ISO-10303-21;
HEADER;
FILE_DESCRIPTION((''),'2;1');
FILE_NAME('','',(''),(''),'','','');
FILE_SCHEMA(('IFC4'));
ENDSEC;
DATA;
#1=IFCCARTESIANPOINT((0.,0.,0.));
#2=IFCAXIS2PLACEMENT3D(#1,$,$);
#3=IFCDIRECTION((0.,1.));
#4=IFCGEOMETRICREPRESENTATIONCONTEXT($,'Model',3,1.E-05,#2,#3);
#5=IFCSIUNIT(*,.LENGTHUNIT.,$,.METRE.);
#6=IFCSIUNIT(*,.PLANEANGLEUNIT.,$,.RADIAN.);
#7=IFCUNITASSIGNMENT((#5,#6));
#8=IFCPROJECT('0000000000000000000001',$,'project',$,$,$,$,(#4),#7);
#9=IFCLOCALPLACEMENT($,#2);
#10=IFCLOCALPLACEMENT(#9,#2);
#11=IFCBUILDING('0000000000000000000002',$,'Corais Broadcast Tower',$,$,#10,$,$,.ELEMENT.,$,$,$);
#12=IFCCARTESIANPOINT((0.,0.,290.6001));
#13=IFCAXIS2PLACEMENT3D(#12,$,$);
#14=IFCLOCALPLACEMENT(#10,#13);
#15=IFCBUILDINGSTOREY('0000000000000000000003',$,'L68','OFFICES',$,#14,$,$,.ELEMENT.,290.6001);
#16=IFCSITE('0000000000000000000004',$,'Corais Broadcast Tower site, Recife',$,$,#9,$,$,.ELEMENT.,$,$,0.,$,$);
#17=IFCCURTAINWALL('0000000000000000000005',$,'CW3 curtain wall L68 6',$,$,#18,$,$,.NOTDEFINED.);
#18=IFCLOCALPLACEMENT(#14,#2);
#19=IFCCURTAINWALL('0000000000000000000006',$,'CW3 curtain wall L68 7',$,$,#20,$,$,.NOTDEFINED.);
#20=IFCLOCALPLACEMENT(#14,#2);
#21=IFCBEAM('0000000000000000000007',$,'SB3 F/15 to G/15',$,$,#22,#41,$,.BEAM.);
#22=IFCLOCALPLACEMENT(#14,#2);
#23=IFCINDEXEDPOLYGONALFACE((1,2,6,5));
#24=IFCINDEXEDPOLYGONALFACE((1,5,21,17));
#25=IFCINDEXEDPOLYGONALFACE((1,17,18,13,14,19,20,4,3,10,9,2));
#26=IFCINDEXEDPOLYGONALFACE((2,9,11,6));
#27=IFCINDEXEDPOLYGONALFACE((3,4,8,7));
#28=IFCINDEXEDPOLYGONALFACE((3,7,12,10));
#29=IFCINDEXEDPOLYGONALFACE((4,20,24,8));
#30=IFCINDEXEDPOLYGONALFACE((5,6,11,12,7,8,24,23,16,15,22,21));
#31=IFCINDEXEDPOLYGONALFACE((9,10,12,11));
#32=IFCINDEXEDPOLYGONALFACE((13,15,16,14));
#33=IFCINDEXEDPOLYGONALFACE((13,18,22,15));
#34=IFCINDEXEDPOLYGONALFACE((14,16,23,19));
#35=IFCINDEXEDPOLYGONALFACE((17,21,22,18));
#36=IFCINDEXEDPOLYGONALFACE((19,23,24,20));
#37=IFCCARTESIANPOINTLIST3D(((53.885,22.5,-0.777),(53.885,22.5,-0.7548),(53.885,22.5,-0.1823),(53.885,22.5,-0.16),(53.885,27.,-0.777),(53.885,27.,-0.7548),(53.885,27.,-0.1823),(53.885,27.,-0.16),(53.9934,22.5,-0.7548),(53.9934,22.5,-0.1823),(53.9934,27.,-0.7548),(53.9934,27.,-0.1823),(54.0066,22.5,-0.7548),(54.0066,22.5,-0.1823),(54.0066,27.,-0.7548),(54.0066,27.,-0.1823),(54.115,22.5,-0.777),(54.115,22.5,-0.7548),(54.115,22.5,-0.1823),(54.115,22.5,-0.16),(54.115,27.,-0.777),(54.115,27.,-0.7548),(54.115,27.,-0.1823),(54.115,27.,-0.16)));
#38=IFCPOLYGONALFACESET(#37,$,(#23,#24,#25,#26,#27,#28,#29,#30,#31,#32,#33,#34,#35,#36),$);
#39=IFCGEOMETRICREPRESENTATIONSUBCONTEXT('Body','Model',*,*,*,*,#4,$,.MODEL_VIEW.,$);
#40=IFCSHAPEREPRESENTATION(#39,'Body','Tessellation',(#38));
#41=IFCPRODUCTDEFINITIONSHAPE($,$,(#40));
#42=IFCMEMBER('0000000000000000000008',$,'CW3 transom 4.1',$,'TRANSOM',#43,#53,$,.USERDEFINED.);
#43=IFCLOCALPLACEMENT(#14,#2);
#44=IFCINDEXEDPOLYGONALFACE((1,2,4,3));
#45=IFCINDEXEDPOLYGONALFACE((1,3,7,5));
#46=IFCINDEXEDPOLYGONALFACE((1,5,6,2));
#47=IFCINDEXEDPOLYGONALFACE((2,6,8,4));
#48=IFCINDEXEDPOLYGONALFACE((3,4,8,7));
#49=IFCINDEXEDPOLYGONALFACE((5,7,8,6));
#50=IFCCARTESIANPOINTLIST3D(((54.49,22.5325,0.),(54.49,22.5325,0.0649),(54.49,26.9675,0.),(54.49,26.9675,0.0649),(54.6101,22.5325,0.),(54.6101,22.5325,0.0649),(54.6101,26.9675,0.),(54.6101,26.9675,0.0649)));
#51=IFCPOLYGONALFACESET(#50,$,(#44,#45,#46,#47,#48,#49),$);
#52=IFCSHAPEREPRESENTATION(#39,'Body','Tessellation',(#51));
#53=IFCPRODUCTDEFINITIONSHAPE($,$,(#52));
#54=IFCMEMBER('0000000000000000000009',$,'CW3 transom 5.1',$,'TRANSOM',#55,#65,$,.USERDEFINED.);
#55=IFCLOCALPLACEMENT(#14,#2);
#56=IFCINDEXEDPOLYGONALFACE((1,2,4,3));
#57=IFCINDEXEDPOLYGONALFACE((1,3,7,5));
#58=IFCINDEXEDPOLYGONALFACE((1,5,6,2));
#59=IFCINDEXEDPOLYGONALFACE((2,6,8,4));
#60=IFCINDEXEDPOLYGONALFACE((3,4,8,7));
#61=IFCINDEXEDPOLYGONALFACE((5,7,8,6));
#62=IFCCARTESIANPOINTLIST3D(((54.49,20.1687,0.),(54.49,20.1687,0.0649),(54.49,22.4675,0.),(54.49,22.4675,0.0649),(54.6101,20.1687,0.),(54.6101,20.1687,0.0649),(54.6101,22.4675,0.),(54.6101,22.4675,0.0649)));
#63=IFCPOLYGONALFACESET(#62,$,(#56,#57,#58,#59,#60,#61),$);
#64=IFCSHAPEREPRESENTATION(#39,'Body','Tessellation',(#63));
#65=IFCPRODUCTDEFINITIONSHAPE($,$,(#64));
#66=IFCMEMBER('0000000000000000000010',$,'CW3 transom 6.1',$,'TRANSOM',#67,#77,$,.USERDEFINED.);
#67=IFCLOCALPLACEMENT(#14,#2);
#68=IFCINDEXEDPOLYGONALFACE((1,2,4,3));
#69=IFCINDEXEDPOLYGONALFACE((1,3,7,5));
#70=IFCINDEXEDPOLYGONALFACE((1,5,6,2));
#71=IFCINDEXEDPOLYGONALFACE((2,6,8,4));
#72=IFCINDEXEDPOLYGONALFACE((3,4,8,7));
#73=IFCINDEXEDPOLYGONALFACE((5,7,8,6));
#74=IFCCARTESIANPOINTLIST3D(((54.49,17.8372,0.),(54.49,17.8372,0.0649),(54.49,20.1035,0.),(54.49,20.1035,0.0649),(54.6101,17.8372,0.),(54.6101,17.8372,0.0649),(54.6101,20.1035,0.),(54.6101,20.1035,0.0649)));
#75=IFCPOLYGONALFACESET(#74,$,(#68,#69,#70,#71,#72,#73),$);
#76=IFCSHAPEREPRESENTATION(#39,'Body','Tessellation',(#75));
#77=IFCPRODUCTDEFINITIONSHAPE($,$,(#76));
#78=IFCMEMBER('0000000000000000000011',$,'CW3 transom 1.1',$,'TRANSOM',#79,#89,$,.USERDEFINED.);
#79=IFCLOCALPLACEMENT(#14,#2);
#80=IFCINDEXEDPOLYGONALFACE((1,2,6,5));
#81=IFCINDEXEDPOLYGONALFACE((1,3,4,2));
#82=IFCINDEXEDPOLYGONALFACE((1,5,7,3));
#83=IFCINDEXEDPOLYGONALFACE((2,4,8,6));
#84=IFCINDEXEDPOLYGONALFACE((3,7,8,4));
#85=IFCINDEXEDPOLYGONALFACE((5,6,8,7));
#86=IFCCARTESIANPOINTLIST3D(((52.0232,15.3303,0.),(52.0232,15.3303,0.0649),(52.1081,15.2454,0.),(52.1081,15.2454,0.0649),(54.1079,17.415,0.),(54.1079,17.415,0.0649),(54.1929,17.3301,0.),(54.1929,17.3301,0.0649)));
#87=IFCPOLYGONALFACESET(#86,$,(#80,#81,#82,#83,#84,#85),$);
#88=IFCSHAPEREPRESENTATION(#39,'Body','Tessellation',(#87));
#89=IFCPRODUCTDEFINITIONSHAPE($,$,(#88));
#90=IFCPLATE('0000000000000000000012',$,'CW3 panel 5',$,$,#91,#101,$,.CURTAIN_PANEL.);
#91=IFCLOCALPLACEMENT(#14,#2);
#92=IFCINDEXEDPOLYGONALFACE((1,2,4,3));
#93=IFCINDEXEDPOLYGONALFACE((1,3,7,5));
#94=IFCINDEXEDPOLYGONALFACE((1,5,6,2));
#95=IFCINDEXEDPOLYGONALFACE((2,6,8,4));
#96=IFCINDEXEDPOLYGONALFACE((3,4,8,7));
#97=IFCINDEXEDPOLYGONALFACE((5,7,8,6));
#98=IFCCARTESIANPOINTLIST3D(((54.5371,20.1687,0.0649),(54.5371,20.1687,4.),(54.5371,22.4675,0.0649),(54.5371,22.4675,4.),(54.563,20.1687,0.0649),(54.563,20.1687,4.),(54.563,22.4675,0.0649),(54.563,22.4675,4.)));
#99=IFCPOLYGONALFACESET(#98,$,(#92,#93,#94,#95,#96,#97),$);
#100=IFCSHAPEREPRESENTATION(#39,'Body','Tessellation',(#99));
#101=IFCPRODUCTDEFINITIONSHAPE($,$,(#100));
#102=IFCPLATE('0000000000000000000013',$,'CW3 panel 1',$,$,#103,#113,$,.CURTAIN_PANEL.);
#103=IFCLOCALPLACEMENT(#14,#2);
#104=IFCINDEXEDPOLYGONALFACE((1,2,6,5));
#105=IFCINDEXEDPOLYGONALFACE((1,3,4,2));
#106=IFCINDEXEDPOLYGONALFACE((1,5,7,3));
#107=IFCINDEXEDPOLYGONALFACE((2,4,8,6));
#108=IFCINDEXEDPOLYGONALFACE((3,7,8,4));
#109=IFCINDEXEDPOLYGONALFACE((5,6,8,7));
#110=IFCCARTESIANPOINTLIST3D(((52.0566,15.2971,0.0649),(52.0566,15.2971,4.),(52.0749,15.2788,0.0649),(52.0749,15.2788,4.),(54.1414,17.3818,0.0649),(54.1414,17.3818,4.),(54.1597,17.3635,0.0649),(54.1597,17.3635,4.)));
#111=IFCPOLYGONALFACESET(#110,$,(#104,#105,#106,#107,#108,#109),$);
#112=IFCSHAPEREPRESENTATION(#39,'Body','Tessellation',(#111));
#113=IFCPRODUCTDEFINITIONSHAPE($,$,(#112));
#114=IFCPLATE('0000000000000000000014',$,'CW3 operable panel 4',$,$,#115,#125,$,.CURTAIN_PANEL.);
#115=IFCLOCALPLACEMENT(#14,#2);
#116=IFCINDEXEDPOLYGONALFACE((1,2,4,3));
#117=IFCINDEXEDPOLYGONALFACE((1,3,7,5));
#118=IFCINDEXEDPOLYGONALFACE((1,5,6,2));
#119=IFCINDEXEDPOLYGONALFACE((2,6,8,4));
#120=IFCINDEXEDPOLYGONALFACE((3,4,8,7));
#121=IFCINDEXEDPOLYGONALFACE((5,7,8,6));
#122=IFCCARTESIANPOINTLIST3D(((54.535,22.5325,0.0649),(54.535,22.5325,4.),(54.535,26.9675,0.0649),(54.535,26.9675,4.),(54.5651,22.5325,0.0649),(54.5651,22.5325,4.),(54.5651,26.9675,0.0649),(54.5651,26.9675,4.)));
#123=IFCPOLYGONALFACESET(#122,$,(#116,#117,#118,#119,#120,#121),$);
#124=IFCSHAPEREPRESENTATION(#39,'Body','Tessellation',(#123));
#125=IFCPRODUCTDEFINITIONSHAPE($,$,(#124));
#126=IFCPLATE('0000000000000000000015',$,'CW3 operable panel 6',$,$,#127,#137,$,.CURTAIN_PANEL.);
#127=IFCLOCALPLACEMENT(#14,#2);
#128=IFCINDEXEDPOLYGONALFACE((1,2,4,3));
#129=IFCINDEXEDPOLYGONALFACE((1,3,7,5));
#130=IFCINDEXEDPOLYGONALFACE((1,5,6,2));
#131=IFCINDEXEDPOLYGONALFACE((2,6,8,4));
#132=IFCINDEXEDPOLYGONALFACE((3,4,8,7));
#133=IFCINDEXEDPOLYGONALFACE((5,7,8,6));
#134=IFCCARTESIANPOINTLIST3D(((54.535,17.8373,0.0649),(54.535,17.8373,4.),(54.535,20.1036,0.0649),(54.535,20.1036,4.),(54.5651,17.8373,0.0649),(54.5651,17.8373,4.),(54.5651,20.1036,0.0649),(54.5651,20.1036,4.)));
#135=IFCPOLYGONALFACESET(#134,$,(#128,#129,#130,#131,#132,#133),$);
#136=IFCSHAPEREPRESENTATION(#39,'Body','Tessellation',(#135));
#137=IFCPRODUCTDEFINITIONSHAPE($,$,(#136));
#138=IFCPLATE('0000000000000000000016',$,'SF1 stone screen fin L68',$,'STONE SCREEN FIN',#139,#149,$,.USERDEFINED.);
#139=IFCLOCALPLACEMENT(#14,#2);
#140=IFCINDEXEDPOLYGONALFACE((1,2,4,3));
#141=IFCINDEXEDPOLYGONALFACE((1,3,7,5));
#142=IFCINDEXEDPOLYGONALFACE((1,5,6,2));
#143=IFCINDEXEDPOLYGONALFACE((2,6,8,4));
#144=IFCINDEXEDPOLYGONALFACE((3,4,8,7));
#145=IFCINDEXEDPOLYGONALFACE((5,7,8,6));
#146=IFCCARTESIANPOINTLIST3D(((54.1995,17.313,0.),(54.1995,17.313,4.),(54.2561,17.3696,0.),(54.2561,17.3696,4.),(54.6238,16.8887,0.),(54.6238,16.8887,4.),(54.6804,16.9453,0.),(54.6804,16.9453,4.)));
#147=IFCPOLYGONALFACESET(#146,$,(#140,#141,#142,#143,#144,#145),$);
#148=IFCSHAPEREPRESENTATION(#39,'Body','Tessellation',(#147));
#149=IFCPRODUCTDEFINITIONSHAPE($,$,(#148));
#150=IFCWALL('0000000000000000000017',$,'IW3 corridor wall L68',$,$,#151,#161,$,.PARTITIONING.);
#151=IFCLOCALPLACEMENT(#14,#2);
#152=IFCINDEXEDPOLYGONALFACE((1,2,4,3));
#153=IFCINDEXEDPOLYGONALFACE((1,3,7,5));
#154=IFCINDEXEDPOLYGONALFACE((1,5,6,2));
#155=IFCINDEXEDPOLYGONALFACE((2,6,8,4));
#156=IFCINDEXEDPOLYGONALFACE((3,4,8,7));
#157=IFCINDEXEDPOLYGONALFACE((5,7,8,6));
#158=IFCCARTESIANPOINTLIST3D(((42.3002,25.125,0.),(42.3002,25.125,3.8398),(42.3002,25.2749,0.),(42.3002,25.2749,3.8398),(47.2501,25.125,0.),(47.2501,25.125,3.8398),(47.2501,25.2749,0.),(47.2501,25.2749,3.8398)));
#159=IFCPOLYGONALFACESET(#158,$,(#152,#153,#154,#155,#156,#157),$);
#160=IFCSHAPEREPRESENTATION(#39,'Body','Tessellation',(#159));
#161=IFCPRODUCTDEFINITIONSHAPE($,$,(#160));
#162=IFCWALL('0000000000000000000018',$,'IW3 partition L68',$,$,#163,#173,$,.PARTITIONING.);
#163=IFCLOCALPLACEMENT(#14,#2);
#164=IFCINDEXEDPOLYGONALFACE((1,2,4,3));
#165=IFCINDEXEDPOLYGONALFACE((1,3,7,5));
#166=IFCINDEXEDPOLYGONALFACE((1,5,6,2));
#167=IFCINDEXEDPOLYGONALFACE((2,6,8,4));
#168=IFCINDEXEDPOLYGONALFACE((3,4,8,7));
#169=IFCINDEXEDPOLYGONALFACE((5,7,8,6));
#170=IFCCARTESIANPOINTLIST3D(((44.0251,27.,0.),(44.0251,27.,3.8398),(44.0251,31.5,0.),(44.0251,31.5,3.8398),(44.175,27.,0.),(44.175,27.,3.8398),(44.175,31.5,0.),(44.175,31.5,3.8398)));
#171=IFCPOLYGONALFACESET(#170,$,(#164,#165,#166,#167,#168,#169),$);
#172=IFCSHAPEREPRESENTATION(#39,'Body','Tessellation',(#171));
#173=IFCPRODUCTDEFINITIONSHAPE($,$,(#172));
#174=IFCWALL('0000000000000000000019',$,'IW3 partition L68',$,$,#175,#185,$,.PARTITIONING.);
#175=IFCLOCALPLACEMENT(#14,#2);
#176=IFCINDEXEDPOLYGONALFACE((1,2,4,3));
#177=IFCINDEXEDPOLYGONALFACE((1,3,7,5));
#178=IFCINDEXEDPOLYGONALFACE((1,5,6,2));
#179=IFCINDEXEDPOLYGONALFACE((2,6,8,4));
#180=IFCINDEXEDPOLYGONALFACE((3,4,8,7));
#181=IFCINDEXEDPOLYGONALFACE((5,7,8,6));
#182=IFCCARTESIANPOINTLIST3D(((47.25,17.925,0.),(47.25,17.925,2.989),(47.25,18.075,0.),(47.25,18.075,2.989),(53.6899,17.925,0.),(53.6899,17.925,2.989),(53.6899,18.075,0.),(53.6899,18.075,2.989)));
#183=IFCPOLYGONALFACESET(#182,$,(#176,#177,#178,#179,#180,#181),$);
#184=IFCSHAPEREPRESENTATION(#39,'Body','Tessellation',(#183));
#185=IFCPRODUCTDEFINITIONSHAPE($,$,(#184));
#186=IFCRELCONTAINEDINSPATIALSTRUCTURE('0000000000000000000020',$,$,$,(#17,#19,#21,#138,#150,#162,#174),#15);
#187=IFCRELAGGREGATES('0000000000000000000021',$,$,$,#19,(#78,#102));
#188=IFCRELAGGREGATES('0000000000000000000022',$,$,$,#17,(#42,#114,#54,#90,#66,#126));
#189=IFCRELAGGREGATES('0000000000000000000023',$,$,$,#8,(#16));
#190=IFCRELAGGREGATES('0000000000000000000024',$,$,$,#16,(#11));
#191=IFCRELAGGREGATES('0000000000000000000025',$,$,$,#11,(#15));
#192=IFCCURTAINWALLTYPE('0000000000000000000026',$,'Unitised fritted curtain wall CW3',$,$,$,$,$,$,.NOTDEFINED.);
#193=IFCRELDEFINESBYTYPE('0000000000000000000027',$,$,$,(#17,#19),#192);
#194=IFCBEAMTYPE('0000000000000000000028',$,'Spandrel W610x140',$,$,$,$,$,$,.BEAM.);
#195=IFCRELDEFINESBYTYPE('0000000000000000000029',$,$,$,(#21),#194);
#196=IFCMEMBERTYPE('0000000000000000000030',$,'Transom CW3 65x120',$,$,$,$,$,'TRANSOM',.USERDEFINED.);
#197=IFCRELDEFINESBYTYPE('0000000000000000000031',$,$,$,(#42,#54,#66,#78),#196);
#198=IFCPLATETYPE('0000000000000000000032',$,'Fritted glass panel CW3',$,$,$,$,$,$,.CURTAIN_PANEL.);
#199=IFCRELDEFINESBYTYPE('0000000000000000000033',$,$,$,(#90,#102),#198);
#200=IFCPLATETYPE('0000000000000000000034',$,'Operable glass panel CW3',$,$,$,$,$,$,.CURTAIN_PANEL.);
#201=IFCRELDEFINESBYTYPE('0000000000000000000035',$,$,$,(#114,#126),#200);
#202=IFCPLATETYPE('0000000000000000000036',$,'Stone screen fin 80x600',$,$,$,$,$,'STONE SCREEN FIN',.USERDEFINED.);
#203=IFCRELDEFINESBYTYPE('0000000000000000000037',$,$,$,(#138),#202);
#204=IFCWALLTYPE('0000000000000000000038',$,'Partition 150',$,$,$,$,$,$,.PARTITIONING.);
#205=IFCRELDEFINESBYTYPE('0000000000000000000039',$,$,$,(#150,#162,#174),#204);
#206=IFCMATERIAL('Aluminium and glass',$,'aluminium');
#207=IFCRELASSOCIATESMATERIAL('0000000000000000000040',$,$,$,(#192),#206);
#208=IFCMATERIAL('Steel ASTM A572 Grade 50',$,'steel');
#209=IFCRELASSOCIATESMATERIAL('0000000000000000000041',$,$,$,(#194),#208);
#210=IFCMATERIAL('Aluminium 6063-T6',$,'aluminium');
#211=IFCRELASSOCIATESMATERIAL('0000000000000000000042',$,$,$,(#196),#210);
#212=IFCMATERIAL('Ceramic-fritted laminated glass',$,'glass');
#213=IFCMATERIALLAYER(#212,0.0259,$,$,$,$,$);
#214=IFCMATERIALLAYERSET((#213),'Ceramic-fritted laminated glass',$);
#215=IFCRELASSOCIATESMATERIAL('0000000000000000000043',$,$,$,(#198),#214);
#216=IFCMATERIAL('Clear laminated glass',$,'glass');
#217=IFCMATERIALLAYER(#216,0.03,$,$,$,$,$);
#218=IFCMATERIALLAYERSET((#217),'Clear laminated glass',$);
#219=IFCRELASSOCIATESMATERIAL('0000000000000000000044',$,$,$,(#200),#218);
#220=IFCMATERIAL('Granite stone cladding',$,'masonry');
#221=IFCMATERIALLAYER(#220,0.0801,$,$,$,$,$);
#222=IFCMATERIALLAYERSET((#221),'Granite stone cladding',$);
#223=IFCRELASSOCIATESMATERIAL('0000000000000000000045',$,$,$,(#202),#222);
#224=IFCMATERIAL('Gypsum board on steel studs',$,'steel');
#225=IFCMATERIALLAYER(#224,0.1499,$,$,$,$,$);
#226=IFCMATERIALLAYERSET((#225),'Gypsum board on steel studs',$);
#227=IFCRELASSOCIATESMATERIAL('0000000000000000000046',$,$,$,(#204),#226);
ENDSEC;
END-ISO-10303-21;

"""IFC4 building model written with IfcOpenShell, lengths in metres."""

from ifc_helpers import new_model, si_unit, direction, frame, frame_2d, origin, origin_2d, place, context, subcontext, project, spatial, rectangle, i_section, extrude, material, layer, layer_set, material_profile, profile_set, type_object, element, aggregate, save


model = new_model("IFC4")

# Units and contexts
model_context = context("Model", 3, precision=1e-05, world=origin(), true_north=direction((0.0, 1.0)))
body_context = subcontext(model_context, "Body", "Model", "MODEL_VIEW")
ifc_project = project(units=[si_unit("LENGTHUNIT", "METRE"), si_unit("PLANEANGLEUNIT", "RADIAN")], contexts=[model_context])

# Site, building, storey
site_placement = place(None, origin())
site = spatial("IfcSite", under=ifc_project, at=site_placement, Name="Corais Broadcast Tower site, Recife", CompositionType="ELEMENT", RefElevation=0.0)
building_placement = place(site_placement, origin())
building = spatial("IfcBuilding", under=site, at=building_placement, Name="Corais Broadcast Tower", CompositionType="ELEMENT")
storey_placement = place(building_placement, frame((0.0, 0.0, 290.6001)))
storey = spatial("IfcBuildingStorey", under=building, at=storey_placement, Name="L68", Description="OFFICES", CompositionType="ELEMENT", Elevation=290.6001)

# Curtain walls
ifc_material_1 = material(Name="Aluminium and glass", Category="aluminium")
curtain_wall_type = type_object("IfcCurtainWallType", Name="Unitised fritted curtain wall CW3", PredefinedType="NOTDEFINED", material=ifc_material_1)
curtain_wall_1_placement = place(storey_placement, origin())
curtain_wall_1 = element("IfcCurtainWall", 1, at=curtain_wall_1_placement, inside=storey, type_object=curtain_wall_type, Name="CW3 curtain wall L68 6", PredefinedType="NOTDEFINED")
curtain_wall_2_placement = place(storey_placement, origin())
curtain_wall_2 = element("IfcCurtainWall", 2, at=curtain_wall_2_placement, inside=storey, type_object=curtain_wall_type, Name="CW3 curtain wall L68 7", PredefinedType="NOTDEFINED")

# Beam
ifc_material_2 = material(Name="Steel ASTM A572 Grade 50", Category="steel")
ifc_material_profile_1 = material_profile(ifc_material_2, i_section(OverallWidth=0.23, OverallDepth=0.6169, WebThickness=0.0132, FlangeThickness=0.0222, at=origin_2d()), Name="W610x140")
ifc_profile_set_1 = profile_set([ifc_material_profile_1], Name="Steel ASTM A572 Grade 50")
beam_type_1 = type_object("IfcBeamType", Name="Spandrel W610x140", PredefinedType="BEAM", material=ifc_profile_set_1)
for number, where, z_axis, x_axis, name in (
    (3, (54.0, 22.5, -0.4685), (0.0, 1.0, 0.0), (-1.0, 0.0, 0.0), "SB3 F/15 to G/15"),
):
    element("IfcBeam", number, at=place(storey_placement, frame(where, z_axis=z_axis, x_axis=x_axis)), inside=storey, type_object=beam_type_1, Name=name, PredefinedType="BEAM", context=body_context, shape_type="SweptSolid", body=[
        extrude(i_section(OverallWidth=0.23, OverallDepth=0.6169, WebThickness=0.0132, FlangeThickness=0.0222, at=origin_2d()), origin(), (0.0, 0.0, 1.0), 4.5),
    ])

# Members
ifc_material_3 = material(Name="Aluminium 6063-T6", Category="aluminium")
ifc_material_profile_2 = material_profile(ifc_material_3, rectangle(XDim=0.1201, YDim=0.0649, at=origin_2d()), Name="Transom CW3 65x120")
ifc_profile_set_2 = profile_set([ifc_material_profile_2], Name="Aluminium 6063-T6")
member_type_1 = type_object("IfcMemberType", Name="Transom CW3 65x120", ElementType="TRANSOM", PredefinedType="USERDEFINED", material=ifc_profile_set_2)
member_1_placement = place(storey_placement, frame((54.55, 26.9675, 0.0325), z_axis=(0.0, -1.0, 0.0), x_axis=(1.0, 0.0, 0.0)))
member_1 = element("IfcMember", 4, at=member_1_placement, type_object=member_type_1, Name="CW3 transom 4.1", ObjectType="TRANSOM", PredefinedType="USERDEFINED", context=body_context, shape_type="SweptSolid", body=[
    extrude(rectangle(XDim=0.1201, YDim=0.0649, at=origin_2d()), origin(), (0.0, 0.0, 1.0), 4.4351),
])
member_2_placement = place(storey_placement, frame((54.55, 22.4675, 0.0325), z_axis=(0.0, -1.0, 0.0), x_axis=(1.0, 0.0, 0.0)))
member_2 = element("IfcMember", 5, at=member_2_placement, type_object=member_type_1, Name="CW3 transom 5.1", ObjectType="TRANSOM", PredefinedType="USERDEFINED", context=body_context, shape_type="SweptSolid", body=[
    extrude(rectangle(XDim=0.1201, YDim=0.0649, at=origin_2d()), origin(), (0.0, 0.0, 1.0), 2.2988),
])
member_3_placement = place(storey_placement, frame((54.55, 20.1035, 0.0325), z_axis=(0.0, -1.0, 0.0), x_axis=(1.0, 0.0, 0.0)))
member_3 = element("IfcMember", 6, at=member_3_placement, type_object=member_type_1, Name="CW3 transom 6.1", ObjectType="TRANSOM", PredefinedType="USERDEFINED", context=body_context, shape_type="SweptSolid", body=[
    extrude(rectangle(XDim=0.1201, YDim=0.0649, at=origin_2d()), origin(), (0.0, 0.0, 1.0), 2.2664),
])
member_4_placement = place(storey_placement, frame((54.1504, 17.3726, 0.0325), z_axis=(-0.707107, -0.707107, 0.0), x_axis=(0.707107, -0.707107, 0.0)))
member_4 = element("IfcMember", 7, at=member_4_placement, type_object=member_type_1, Name="CW3 transom 1.1", ObjectType="TRANSOM", PredefinedType="USERDEFINED", context=body_context, shape_type="SweptSolid", body=[
    extrude(rectangle(XDim=0.1201, YDim=0.0649, at=origin_2d()), origin(), (0.0, 0.0, 1.0), 2.9482),
])

# Plates
ifc_material_4 = material(Name="Ceramic-fritted laminated glass", Category="glass")
ifc_layer_1 = layer(ifc_material_4, 0.0259)
ifc_layer_set_1 = layer_set([ifc_layer_1], Name="Ceramic-fritted laminated glass")
plate_type_1 = type_object("IfcPlateType", Name="Fritted glass panel CW3", PredefinedType="CURTAIN_PANEL", material=ifc_layer_set_1)
plate_1_placement = place(storey_placement, frame((54.55, 21.3181, 0.0649), z_axis=(0.0, 0.0, 1.0), x_axis=(0.0, -1.0, 0.0)))
plate_1 = element("IfcPlate", 8, at=plate_1_placement, type_object=plate_type_1, Name="CW3 panel 5", PredefinedType="CURTAIN_PANEL", context=body_context, shape_type="SweptSolid", body=[
    extrude(rectangle(XDim=2.2988, YDim=0.0259, at=origin_2d()), origin(), (0.0, 0.0, 1.0), 3.9351),
])
plate_2_placement = place(storey_placement, frame((53.1082, 16.3303, 0.0649), z_axis=(0.0, 0.0, 1.0), x_axis=(-0.707107, -0.707107, 0.0)))
plate_2 = element("IfcPlate", 9, at=plate_2_placement, type_object=plate_type_1, Name="CW3 panel 1", PredefinedType="CURTAIN_PANEL", context=body_context, shape_type="SweptSolid", body=[
    extrude(rectangle(XDim=2.9482, YDim=0.0259, at=origin_2d()), origin(), (0.0, 0.0, 1.0), 3.9351),
])
aggregate(curtain_wall_2, [member_4, plate_2])
ifc_material_5 = material(Name="Clear laminated glass", Category="glass")
ifc_layer_2 = layer(ifc_material_5, 0.03)
ifc_layer_set_2 = layer_set([ifc_layer_2], Name="Clear laminated glass")
plate_type_2 = type_object("IfcPlateType", Name="Operable glass panel CW3", PredefinedType="CURTAIN_PANEL", material=ifc_layer_set_2)
plate_3_placement = place(storey_placement, frame((54.55, 24.75, 0.0649), z_axis=(0.0, 0.0, 1.0), x_axis=(0.0, -1.0, 0.0)))
plate_3 = element("IfcPlate", 10, at=plate_3_placement, type_object=plate_type_2, Name="CW3 operable panel 4", PredefinedType="CURTAIN_PANEL", context=body_context, shape_type="SweptSolid", body=[
    extrude(rectangle(XDim=4.4351, YDim=0.03, at=origin_2d()), origin(), (0.0, 0.0, 1.0), 3.9351),
])
plate_4_placement = place(storey_placement, frame((54.55, 18.9705, 0.0649), z_axis=(0.0, 0.0, 1.0), x_axis=(0.0, -1.0, 0.0)))
plate_4 = element("IfcPlate", 11, at=plate_4_placement, type_object=plate_type_2, Name="CW3 operable panel 6", PredefinedType="CURTAIN_PANEL", context=body_context, shape_type="SweptSolid", body=[
    extrude(rectangle(XDim=2.2664, YDim=0.03, at=origin_2d()), origin(), (0.0, 0.0, 1.0), 3.9351),
])
aggregate(curtain_wall_1, [member_1, plate_3, member_2, plate_1, member_3, plate_4])
ifc_material_6 = material(Name="Granite stone cladding", Category="masonry")
ifc_layer_3 = layer(ifc_material_6, 0.0801)
ifc_layer_set_3 = layer_set([ifc_layer_3], Name="Granite stone cladding")
plate_type_3 = type_object("IfcPlateType", Name="Stone screen fin 80x600", ElementType="STONE SCREEN FIN", PredefinedType="USERDEFINED", material=ifc_layer_set_3)
plate_5_placement = place(storey_placement, frame((54.4399, 17.1292, 0.0), z_axis=(0.0, 0.0, 1.0), x_axis=(-0.707107, -0.707107, 0.0)))
element("IfcPlate", 12, at=plate_5_placement, inside=storey, type_object=plate_type_3, Name="SF1 stone screen fin L68", ObjectType="STONE SCREEN FIN", PredefinedType="USERDEFINED", context=body_context, shape_type="SweptSolid", body=[
    extrude(rectangle(XDim=0.0801, YDim=0.6001, at=origin_2d()), origin(), (0.0, 0.0, 1.0), 4.0),
])

# Walls
ifc_material_7 = material(Name="Gypsum board on steel studs", Category="steel")
ifc_layer_4 = layer(ifc_material_7, 0.1499)
ifc_layer_set_4 = layer_set([ifc_layer_4], Name="Gypsum board on steel studs")
wall_type = type_object("IfcWallType", Name="Partition 150", PredefinedType="PARTITIONING", material=ifc_layer_set_4)
wall_1_placement = place(storey_placement, frame((42.3, 25.2, 0.0), z_axis=(0.0, 0.0, 1.0), x_axis=(1.0, 0.0, 0.0)))
element("IfcWall", 13, at=wall_1_placement, inside=storey, type_object=wall_type, Name="IW3 corridor wall L68", PredefinedType="PARTITIONING", context=body_context, shape_type="SweptSolid", body=[
    extrude(rectangle(XDim=4.95, YDim=0.1499, at=frame_2d((2.4751, 0.0))), origin(), (0.0, 0.0, 1.0), 3.8398),
])
wall_2_placement = place(storey_placement, frame((44.1001, 27.0, 0.0), z_axis=(0.0, 0.0, 1.0), x_axis=(0.0, 1.0, 0.0)))
element("IfcWall", 14, at=wall_2_placement, inside=storey, type_object=wall_type, Name="IW3 partition L68", PredefinedType="PARTITIONING", context=body_context, shape_type="SweptSolid", body=[
    extrude(rectangle(XDim=4.5, YDim=0.1499, at=frame_2d((2.25, 0.0))), origin(), (0.0, 0.0, 1.0), 3.8398),
])
for number, where, z_axis, x_axis, name in (
    (15, (47.25, 18.0, 0.0), (0.0, 0.0, 1.0), (1.0, 0.0, 0.0), "IW3 partition L68"),
):
    element("IfcWall", number, at=place(storey_placement, frame(where, z_axis=z_axis, x_axis=x_axis)), inside=storey, type_object=wall_type, Name=name, PredefinedType="PARTITIONING", context=body_context, shape_type="SweptSolid", body=[
        extrude(rectangle(XDim=6.4399, YDim=0.1499, at=frame_2d((3.22, 0.0))), origin(), (0.0, 0.0, 1.0), 2.989),
    ])

save(model, "model.ifc")
